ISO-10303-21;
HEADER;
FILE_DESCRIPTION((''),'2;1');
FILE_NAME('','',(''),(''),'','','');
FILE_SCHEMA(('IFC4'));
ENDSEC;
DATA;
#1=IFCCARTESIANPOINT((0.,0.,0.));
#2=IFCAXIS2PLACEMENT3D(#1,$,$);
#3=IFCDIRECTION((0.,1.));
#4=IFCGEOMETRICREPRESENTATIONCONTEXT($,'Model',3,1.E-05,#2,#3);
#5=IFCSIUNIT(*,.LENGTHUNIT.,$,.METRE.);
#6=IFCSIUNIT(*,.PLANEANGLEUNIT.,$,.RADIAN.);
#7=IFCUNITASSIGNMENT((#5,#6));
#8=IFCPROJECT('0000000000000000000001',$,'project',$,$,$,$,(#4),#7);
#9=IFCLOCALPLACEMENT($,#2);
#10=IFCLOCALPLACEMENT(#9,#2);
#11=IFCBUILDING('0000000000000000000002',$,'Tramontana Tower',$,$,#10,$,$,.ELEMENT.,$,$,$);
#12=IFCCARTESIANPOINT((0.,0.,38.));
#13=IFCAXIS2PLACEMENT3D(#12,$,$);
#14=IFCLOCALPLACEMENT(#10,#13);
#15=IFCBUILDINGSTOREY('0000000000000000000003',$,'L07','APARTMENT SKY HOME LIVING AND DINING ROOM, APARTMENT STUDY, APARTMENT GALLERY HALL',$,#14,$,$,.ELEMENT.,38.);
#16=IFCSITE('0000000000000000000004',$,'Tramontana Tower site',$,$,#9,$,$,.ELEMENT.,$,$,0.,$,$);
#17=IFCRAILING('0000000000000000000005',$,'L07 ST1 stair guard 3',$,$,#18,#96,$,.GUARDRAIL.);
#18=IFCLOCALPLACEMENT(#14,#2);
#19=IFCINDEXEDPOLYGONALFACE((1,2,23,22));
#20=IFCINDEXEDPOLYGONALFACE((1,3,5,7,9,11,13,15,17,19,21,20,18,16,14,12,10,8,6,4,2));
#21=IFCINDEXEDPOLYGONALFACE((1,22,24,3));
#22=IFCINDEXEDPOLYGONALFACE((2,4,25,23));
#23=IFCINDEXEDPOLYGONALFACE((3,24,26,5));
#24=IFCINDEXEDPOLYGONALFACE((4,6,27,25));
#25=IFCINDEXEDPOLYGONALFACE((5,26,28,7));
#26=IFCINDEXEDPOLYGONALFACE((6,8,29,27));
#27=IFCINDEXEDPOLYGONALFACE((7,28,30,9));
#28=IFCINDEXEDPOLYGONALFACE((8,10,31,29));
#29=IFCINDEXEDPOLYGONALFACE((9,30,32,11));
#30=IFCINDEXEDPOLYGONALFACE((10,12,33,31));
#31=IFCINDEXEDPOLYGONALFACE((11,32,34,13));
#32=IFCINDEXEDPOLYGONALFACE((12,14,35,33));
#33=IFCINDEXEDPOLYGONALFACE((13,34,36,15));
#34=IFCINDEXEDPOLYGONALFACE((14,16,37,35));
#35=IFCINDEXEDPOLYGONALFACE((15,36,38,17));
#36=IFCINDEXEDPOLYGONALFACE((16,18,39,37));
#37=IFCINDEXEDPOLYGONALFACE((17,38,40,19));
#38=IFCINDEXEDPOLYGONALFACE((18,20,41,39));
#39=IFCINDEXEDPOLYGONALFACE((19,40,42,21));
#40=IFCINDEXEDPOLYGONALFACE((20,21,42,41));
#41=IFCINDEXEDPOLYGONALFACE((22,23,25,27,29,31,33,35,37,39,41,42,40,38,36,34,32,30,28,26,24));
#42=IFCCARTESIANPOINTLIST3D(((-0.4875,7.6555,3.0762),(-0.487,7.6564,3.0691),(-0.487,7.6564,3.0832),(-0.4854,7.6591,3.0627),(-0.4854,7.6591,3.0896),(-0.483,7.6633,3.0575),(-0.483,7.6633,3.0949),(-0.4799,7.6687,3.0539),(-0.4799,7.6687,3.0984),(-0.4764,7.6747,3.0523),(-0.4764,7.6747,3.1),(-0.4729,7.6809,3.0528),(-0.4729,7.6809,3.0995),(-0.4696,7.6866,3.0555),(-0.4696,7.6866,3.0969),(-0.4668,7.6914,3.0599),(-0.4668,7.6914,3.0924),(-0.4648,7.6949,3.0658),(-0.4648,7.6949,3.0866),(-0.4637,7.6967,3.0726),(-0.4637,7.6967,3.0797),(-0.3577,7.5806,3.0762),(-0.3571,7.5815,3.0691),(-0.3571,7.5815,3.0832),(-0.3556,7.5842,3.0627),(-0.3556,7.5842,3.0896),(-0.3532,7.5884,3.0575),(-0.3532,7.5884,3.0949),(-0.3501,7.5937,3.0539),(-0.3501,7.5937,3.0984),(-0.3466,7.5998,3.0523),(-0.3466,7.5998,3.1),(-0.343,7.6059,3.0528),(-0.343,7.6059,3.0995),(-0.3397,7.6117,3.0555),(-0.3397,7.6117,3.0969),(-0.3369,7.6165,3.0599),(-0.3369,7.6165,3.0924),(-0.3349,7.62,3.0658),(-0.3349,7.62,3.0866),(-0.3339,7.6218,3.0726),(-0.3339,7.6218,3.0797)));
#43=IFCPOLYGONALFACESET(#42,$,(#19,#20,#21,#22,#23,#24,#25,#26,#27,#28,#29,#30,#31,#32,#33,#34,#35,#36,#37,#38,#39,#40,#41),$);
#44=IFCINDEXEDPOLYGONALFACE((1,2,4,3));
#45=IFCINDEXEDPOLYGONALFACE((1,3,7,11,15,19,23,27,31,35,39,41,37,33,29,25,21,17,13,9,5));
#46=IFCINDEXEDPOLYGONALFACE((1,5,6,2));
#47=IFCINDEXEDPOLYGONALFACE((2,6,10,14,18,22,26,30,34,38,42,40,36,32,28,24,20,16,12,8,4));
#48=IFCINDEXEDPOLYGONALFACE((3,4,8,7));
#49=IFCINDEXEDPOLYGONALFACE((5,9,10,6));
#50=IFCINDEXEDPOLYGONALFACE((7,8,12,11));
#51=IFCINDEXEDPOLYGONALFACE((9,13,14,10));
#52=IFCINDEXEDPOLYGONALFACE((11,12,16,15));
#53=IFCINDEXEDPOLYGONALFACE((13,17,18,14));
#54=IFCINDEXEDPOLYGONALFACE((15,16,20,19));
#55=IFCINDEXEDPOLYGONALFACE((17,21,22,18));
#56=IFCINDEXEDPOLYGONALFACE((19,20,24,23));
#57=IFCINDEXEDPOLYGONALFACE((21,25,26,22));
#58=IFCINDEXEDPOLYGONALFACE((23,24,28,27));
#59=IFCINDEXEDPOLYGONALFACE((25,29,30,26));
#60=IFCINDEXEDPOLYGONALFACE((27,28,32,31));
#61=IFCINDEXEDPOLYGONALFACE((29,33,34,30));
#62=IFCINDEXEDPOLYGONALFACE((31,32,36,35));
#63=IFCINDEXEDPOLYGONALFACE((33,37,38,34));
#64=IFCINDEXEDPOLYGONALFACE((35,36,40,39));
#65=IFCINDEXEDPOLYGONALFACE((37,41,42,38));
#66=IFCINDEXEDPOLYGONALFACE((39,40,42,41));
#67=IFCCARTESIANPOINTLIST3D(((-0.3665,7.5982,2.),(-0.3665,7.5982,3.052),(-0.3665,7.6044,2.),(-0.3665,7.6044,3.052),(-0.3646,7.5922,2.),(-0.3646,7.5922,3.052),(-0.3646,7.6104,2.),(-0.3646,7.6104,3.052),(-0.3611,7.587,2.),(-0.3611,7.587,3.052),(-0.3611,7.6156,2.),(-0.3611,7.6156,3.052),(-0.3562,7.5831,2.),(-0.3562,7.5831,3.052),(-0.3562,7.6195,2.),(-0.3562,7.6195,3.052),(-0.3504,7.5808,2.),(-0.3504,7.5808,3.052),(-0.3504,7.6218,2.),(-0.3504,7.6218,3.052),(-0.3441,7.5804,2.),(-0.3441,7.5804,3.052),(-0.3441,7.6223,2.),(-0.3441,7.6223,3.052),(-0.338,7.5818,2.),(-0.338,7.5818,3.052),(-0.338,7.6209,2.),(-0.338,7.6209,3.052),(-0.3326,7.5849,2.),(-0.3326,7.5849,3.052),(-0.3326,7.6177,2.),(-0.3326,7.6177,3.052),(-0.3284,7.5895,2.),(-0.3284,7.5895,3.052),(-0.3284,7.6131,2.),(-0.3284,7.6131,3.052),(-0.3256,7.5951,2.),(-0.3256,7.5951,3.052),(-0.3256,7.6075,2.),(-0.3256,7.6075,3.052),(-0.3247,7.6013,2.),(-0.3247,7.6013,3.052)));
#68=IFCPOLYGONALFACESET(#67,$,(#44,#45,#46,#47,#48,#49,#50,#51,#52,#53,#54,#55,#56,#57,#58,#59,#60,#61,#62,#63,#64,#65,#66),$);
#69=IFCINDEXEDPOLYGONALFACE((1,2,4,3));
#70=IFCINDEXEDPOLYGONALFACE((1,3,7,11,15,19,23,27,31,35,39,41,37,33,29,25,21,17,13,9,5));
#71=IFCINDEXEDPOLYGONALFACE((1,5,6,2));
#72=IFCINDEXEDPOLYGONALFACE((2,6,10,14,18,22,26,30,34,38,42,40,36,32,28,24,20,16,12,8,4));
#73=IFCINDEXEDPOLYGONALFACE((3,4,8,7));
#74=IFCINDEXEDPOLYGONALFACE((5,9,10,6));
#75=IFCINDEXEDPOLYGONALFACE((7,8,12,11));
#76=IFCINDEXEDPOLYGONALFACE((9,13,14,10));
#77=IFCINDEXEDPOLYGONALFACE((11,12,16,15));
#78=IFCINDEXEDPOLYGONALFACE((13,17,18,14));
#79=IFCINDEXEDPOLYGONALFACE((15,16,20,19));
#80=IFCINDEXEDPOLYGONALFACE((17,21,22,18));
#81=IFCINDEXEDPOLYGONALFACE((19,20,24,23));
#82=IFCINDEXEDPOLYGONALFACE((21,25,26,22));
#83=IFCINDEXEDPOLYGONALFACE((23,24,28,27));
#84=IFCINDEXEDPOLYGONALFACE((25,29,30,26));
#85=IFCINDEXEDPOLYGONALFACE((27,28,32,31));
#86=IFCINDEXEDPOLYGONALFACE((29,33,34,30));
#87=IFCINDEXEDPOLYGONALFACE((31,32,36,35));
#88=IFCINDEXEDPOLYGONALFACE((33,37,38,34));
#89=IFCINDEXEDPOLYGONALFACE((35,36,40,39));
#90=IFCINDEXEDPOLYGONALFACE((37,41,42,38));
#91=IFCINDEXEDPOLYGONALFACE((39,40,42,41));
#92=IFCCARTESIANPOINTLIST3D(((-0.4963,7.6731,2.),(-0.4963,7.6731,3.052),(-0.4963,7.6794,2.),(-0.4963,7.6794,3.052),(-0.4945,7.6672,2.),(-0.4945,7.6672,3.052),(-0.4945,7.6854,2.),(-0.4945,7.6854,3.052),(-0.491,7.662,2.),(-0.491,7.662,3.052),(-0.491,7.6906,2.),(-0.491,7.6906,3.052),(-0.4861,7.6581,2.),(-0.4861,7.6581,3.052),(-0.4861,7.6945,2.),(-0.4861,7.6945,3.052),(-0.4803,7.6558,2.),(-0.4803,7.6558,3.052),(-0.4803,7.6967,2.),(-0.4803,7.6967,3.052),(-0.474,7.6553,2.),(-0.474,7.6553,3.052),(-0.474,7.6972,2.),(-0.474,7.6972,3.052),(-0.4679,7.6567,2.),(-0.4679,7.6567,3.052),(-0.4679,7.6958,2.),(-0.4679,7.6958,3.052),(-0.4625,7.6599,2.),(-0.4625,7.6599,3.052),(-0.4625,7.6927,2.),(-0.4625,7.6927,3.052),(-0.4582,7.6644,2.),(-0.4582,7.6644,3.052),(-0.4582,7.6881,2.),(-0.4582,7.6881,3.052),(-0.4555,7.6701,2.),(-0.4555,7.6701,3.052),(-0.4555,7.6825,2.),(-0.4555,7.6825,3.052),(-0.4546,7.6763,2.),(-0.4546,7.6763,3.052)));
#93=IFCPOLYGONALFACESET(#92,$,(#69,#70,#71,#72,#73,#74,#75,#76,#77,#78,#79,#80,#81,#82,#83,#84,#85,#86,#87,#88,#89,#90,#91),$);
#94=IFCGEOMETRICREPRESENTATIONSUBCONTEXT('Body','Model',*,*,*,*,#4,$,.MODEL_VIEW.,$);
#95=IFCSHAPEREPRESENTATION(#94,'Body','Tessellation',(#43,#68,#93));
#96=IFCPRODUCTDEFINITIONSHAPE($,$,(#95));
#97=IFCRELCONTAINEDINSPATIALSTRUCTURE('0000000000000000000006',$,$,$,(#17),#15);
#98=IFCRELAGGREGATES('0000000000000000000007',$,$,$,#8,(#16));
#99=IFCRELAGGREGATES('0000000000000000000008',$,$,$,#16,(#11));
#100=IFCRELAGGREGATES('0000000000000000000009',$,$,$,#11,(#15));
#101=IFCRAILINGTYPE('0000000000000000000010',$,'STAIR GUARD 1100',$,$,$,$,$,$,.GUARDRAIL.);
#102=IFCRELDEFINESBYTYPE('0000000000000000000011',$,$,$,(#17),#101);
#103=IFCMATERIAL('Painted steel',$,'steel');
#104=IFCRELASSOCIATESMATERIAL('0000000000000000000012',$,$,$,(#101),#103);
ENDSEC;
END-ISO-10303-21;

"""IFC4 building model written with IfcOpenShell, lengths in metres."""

from ifc_helpers import new_model, si_unit, direction, frame, origin, origin_2d, place, context, subcontext, project, spatial, circle, extrude, material, type_object, element, save


model = new_model("IFC4")

# Units and contexts
model_context = context("Model", 3, precision=1e-05, world=origin(), true_north=direction((0.0, 1.0)))
body_context = subcontext(model_context, "Body", "Model", "MODEL_VIEW")
ifc_project = project(units=[si_unit("LENGTHUNIT", "METRE"), si_unit("PLANEANGLEUNIT", "RADIAN")], contexts=[model_context])

# Site, building, storey
site_placement = place(None, origin())
site = spatial("IfcSite", under=ifc_project, at=site_placement, Name="Tramontana Tower site", CompositionType="ELEMENT", RefElevation=0.0)
building_placement = place(site_placement, origin())
building = spatial("IfcBuilding", under=site, at=building_placement, Name="Tramontana Tower", CompositionType="ELEMENT")
storey_placement = place(building_placement, frame((0.0, 0.0, 38.0)))
storey = spatial("IfcBuildingStorey", under=building, at=storey_placement, Name="L07", Description="APARTMENT SKY HOME LIVING AND DINING ROOM, APARTMENT STUDY, APARTMENT GALLERY HALL", CompositionType="ELEMENT", Elevation=38.0)

# Railing
ifc_material_1 = material(Name="Painted steel", Category="steel")
railing_type = type_object("IfcRailingType", Name="STAIR GUARD 1100", PredefinedType="GUARDRAIL", material=ifc_material_1)
railing_1_placement = place(storey_placement, frame((-0.3457, 7.6013, 2.0)))
element("IfcRailing", 1, at=railing_1_placement, inside=storey, type_object=railing_type, Name="L07 ST1 stair guard 3", PredefinedType="GUARDRAIL", context=body_context, shape_type="SweptSolid", body=[
    extrude(circle(Radius=0.0239, at=origin_2d()), frame((0.0, 0.0, 1.0762), z_axis=(-0.866131, 0.499816, 0.0), x_axis=(-0.499816, -0.866131, 0.0)), (0.0, 0.0, 1.0), 0.1499),
    extrude(circle(Radius=0.021, at=origin_2d()), origin(), (0.0, 0.0, 1.0), 1.052),
    extrude(circle(Radius=0.021, at=origin_2d()), frame((-0.1299, 0.075, 0.0)), (0.0, 0.0, 1.0), 1.052),
])

save(model, "model.ifc")
